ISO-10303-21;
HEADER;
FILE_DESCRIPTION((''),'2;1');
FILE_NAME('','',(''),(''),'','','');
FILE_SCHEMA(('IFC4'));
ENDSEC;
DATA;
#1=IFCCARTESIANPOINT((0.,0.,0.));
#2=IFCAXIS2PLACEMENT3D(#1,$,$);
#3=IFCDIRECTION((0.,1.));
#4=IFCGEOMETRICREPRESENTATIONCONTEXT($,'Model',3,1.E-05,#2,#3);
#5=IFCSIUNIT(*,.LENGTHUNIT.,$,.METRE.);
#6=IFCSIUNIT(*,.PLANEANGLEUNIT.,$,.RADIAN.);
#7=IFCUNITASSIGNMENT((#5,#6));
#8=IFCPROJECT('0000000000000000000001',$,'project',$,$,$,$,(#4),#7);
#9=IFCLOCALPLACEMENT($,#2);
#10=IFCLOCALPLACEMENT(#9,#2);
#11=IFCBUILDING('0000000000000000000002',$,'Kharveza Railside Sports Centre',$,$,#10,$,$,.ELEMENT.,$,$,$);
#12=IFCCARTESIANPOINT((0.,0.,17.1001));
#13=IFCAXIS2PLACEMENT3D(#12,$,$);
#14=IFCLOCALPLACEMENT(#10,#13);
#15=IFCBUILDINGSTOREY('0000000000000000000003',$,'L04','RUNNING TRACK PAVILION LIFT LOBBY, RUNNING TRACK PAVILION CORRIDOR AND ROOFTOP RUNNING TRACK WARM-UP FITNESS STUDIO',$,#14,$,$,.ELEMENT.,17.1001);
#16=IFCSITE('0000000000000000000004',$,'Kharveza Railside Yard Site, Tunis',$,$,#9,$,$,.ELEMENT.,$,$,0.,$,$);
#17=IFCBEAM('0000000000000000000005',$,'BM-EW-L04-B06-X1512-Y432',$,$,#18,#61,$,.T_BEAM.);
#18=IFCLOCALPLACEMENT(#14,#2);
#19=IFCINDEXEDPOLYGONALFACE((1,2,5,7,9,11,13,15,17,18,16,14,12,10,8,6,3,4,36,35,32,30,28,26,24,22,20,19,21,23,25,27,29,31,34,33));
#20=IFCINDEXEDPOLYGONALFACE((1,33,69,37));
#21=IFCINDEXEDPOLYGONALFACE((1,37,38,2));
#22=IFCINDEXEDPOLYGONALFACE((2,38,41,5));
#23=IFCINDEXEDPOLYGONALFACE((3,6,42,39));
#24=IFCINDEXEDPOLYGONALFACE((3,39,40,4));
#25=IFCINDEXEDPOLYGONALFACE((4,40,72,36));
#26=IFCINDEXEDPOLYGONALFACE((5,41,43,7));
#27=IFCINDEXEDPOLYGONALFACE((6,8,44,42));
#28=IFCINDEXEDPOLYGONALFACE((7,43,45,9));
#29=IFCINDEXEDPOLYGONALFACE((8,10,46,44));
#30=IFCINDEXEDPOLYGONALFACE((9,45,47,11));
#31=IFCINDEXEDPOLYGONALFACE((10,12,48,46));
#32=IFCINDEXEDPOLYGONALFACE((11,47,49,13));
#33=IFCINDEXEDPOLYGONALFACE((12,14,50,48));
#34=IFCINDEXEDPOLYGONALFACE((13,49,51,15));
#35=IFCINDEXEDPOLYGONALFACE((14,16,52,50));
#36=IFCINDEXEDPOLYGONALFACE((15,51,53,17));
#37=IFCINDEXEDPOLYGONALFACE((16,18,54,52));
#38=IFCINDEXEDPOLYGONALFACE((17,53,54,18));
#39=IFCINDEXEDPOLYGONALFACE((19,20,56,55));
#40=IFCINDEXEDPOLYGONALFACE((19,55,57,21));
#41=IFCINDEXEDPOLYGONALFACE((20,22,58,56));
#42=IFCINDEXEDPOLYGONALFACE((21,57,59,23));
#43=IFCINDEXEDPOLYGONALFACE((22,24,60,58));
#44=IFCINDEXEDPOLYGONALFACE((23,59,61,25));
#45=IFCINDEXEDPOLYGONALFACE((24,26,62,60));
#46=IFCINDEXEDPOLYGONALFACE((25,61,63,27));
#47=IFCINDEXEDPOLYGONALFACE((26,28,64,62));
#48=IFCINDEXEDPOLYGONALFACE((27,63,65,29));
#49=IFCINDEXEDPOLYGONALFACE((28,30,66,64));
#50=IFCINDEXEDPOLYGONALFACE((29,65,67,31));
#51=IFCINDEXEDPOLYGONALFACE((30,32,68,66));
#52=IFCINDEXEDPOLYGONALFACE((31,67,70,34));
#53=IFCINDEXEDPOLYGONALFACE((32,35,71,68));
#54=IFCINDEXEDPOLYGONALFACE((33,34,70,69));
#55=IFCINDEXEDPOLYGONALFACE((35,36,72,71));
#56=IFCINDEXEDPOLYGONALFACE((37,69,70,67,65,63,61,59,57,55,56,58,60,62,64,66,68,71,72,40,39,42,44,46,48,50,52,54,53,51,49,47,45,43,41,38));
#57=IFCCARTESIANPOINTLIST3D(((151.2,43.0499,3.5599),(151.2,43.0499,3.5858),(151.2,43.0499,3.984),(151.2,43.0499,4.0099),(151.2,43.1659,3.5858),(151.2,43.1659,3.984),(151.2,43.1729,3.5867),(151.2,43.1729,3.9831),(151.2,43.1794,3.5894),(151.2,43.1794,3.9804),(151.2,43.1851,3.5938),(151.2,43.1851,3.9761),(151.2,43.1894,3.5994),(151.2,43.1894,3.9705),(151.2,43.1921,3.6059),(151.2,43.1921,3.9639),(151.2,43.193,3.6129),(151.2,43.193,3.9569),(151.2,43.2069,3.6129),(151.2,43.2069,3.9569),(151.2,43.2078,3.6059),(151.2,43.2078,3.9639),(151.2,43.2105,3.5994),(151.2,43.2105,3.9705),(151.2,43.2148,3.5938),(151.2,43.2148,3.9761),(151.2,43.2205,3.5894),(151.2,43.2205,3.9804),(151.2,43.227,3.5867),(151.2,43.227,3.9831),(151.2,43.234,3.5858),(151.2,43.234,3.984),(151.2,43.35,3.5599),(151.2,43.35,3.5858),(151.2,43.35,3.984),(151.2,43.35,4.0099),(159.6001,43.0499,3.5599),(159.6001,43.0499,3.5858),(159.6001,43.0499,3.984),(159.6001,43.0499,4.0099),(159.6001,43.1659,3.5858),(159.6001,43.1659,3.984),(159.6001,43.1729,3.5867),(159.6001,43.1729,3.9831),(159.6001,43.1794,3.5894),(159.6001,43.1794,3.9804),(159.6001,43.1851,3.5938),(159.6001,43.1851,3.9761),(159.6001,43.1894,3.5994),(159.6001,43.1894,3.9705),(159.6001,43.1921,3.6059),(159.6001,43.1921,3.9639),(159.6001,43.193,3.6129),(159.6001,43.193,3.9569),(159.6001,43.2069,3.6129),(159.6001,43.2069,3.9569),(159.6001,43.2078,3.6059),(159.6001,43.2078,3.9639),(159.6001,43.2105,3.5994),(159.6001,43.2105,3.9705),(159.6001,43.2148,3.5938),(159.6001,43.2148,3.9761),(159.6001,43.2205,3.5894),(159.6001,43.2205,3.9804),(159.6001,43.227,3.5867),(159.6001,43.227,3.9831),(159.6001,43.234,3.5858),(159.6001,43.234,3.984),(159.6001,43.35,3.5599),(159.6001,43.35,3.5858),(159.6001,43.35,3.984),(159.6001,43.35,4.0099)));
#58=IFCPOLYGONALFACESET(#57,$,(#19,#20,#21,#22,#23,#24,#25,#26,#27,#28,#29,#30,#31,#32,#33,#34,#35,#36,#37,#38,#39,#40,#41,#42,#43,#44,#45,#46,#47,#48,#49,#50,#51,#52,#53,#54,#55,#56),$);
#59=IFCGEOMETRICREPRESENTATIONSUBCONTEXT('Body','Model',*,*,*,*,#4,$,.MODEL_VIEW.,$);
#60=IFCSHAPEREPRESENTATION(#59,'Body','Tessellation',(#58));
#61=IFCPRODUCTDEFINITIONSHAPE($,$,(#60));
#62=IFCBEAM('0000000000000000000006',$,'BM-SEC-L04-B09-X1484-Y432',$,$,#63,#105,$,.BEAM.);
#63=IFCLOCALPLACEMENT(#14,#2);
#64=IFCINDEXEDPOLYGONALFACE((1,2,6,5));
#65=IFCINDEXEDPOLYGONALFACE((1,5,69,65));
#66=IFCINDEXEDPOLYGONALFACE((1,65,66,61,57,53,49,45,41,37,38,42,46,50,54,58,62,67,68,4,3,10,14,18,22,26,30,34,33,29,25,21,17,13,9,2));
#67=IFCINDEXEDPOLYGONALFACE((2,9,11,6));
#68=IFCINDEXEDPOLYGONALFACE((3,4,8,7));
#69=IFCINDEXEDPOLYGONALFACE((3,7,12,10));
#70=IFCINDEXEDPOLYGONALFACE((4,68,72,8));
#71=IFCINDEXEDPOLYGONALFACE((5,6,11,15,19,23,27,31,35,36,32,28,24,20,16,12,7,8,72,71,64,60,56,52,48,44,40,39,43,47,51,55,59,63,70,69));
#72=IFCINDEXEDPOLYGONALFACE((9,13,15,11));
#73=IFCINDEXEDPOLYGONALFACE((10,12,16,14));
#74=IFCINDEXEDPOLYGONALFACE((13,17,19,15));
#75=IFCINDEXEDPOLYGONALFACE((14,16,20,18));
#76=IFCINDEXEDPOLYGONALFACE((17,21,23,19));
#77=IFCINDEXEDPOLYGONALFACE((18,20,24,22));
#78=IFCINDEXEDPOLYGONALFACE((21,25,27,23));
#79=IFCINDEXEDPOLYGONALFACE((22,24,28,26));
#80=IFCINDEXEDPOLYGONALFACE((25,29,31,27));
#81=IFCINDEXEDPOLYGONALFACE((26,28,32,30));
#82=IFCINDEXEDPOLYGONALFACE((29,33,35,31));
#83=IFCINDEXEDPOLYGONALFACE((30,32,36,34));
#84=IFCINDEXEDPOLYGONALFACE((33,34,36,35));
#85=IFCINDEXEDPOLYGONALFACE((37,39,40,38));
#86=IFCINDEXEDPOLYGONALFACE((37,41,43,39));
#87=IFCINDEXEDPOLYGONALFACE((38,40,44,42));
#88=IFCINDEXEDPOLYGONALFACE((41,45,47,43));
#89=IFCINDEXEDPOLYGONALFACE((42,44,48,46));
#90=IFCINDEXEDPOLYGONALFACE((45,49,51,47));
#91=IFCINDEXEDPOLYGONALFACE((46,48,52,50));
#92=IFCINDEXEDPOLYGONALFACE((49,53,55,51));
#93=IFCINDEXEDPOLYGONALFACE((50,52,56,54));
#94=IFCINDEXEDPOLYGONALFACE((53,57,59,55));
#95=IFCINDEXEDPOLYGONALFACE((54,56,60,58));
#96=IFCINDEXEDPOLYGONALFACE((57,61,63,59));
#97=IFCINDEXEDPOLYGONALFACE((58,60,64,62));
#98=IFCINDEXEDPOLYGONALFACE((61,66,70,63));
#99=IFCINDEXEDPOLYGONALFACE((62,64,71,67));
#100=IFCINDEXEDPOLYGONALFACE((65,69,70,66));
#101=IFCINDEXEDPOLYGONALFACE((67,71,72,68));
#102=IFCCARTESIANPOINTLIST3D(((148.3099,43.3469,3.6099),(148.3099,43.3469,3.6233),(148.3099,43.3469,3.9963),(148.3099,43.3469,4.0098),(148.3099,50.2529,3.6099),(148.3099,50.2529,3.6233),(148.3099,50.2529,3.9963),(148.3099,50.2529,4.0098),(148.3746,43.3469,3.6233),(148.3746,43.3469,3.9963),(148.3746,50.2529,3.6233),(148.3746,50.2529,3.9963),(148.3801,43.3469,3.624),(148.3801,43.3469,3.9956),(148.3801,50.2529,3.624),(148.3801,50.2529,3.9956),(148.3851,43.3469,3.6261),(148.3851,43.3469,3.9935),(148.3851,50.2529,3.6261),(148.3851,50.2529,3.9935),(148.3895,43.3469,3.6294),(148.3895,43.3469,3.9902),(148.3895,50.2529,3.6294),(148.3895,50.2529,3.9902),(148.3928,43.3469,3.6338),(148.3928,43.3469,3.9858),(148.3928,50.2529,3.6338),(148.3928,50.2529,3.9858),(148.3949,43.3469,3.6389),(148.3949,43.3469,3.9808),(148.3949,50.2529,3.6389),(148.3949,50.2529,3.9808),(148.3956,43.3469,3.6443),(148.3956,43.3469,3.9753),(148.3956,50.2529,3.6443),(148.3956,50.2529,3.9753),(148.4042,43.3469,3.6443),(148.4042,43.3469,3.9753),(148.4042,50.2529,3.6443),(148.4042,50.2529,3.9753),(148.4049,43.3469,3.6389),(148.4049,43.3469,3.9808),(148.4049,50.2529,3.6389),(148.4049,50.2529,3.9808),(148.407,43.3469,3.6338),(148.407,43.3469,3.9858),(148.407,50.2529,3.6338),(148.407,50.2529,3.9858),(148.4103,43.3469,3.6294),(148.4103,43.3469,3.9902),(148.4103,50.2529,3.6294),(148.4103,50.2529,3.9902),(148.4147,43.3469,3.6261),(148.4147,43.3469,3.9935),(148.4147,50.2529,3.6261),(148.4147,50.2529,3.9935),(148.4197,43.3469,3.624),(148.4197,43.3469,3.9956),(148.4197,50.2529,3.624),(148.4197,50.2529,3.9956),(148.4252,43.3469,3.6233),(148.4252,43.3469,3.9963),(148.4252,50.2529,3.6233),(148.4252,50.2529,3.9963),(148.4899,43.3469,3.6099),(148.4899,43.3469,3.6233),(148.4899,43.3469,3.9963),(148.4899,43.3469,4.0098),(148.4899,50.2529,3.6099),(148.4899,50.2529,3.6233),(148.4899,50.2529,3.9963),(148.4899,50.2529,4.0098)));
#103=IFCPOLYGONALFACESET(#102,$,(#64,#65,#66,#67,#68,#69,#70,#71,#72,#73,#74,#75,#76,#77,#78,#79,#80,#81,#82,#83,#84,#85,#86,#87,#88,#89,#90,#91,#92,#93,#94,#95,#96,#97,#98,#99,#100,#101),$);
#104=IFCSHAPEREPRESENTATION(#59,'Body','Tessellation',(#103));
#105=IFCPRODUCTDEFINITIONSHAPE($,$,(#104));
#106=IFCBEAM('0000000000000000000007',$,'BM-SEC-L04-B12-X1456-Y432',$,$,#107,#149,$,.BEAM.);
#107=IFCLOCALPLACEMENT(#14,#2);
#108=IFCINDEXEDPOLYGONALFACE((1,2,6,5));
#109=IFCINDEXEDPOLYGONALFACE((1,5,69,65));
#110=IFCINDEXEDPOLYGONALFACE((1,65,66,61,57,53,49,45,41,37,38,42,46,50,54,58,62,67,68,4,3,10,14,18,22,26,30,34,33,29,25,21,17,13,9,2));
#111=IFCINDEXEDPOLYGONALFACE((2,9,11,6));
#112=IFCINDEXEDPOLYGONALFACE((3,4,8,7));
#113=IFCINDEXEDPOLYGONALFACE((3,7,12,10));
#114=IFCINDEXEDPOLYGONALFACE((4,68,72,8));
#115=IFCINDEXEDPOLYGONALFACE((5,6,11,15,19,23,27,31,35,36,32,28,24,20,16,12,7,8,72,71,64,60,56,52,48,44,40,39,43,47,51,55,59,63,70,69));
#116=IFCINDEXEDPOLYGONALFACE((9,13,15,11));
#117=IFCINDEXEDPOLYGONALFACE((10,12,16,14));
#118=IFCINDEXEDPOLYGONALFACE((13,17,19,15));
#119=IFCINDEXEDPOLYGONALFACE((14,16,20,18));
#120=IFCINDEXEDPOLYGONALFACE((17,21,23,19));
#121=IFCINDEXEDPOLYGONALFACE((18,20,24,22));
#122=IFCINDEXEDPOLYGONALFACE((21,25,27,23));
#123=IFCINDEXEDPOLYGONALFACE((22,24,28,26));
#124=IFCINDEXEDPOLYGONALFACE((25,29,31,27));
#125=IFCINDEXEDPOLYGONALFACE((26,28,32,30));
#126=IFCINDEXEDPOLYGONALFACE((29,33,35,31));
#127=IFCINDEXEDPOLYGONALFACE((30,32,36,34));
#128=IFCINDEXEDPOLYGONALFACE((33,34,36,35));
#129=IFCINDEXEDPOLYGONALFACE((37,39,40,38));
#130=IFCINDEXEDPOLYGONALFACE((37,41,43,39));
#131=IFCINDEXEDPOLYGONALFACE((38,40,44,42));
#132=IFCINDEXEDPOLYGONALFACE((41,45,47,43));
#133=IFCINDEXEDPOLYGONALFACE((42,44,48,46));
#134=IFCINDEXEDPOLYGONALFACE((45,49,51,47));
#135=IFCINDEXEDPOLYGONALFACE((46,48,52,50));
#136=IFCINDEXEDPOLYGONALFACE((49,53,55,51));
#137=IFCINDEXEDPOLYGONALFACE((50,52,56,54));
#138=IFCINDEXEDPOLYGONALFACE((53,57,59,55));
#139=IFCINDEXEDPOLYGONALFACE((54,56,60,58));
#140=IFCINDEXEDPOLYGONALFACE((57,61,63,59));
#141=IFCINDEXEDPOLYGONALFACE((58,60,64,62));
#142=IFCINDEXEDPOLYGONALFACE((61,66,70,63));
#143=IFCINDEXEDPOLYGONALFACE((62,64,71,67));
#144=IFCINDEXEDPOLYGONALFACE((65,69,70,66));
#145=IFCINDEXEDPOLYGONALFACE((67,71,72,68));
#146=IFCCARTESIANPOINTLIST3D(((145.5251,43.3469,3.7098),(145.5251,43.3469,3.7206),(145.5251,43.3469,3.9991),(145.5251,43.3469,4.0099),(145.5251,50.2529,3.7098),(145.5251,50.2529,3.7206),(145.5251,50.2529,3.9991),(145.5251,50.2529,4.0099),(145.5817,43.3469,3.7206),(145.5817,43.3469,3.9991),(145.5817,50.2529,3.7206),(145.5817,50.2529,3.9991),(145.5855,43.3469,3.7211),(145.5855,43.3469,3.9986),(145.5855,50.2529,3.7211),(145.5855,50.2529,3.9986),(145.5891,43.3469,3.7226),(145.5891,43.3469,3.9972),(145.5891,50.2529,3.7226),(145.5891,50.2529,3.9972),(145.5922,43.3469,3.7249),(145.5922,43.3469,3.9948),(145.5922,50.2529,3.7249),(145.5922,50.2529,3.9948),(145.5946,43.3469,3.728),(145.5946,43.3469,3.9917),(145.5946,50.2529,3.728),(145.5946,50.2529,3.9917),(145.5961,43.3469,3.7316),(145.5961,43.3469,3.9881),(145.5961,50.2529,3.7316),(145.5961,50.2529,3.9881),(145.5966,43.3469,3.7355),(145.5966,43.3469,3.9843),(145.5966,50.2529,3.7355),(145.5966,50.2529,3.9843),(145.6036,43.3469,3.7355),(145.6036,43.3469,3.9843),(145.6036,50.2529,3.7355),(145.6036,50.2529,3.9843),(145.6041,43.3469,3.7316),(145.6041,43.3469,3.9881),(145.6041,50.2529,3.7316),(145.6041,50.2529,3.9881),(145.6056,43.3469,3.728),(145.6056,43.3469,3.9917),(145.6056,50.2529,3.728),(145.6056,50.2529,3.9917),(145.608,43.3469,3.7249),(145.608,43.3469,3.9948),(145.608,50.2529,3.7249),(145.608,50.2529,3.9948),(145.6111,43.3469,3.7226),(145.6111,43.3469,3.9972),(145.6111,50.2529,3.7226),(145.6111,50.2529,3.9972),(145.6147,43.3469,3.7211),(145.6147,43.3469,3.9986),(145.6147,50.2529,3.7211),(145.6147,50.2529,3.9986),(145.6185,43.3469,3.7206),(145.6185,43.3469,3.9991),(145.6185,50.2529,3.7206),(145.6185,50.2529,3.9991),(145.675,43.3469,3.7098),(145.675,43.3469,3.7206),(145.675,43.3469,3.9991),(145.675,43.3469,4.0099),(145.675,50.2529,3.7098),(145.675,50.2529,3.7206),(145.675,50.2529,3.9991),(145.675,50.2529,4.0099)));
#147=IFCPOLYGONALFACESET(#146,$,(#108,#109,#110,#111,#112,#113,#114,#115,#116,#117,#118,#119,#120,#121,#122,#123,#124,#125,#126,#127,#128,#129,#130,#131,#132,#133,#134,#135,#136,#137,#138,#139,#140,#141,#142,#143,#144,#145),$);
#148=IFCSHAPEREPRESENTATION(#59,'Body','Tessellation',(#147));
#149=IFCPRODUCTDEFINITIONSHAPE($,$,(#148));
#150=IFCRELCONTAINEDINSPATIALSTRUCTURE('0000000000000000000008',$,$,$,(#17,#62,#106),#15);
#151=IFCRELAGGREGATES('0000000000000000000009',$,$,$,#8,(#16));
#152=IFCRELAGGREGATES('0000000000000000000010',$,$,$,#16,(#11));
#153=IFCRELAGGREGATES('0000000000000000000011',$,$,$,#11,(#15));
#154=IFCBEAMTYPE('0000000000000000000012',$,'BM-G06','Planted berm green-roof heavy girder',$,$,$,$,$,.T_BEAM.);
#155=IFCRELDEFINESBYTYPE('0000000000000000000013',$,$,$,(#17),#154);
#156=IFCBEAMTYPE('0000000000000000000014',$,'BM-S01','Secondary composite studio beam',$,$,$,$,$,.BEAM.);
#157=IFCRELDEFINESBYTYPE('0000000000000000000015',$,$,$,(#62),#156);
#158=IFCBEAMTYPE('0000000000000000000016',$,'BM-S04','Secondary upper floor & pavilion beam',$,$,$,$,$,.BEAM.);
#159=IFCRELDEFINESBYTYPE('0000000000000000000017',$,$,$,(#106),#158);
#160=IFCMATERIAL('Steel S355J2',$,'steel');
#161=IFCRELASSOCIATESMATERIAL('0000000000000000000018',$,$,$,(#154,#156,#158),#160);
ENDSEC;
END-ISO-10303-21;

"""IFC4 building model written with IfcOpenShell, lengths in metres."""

from ifc_helpers import new_model, si_unit, direction, frame, origin, origin_2d, place, context, subcontext, project, spatial, i_section, extrude, material, material_profile, profile_set, type_object, element, save


model = new_model("IFC4")

# Units and contexts
model_context = context("Model", 3, precision=1e-05, world=origin(), true_north=direction((0.0, 1.0)))
body_context = subcontext(model_context, "Body", "Model", "MODEL_VIEW")
ifc_project = project(units=[si_unit("LENGTHUNIT", "METRE"), si_unit("PLANEANGLEUNIT", "RADIAN")], contexts=[model_context])

# Site, building, storey
site_placement = place(None, origin())
site = spatial("IfcSite", under=ifc_project, at=site_placement, Name="Kharveza Railside Yard Site, Tunis", CompositionType="ELEMENT", RefElevation=0.0)
building_placement = place(site_placement, origin())
building = spatial("IfcBuilding", under=site, at=building_placement, Name="Kharveza Railside Sports Centre", CompositionType="ELEMENT")
storey_placement = place(building_placement, frame((0.0, 0.0, 17.1001)))
storey = spatial("IfcBuildingStorey", under=building, at=storey_placement, Name="L04", Description="RUNNING TRACK PAVILION LIFT LOBBY, RUNNING TRACK PAVILION CORRIDOR AND ROOFTOP RUNNING TRACK WARM-UP FITNESS STUDIO", CompositionType="ELEMENT", Elevation=17.1001)

# Shared definitions
ifc_material_1 = material(Name="Steel S355J2", Category="steel")

# Beams
ifc_material_profile_1 = material_profile(ifc_material_1, i_section(OverallWidth=0.3, OverallDepth=0.45, WebThickness=0.0139, FlangeThickness=0.0259, FilletRadius=0.0271, at=origin_2d()), Name="HEB 450")
ifc_profile_set_1 = profile_set([ifc_material_profile_1], Name="Steel S355J2")
beam_type_1 = type_object("IfcBeamType", Name="BM-G06", Description="Planted berm green-roof heavy girder", PredefinedType="T_BEAM", material=ifc_profile_set_1)
beam_1_placement = place(storey_placement, frame((151.2, 43.2, 3.7849), z_axis=(1.0, 0.0, 0.0), x_axis=(0.0, 1.0, 0.0)))
element("IfcBeam", 1, at=beam_1_placement, inside=storey, type_object=beam_type_1, Name="BM-EW-L04-B06-X1512-Y432", PredefinedType="T_BEAM", context=body_context, shape_type="SweptSolid", body=[
    extrude(i_section(OverallWidth=0.3, OverallDepth=0.45, WebThickness=0.0139, FlangeThickness=0.0259, FilletRadius=0.0271, at=origin_2d()), origin(), (0.0, 0.0, 1.0), 8.4001),
])
ifc_material_profile_2 = material_profile(ifc_material_1, i_section(OverallWidth=0.1799, OverallDepth=0.3999, WebThickness=0.0085, FlangeThickness=0.0134, FilletRadius=0.021, at=origin_2d()), Name="IPE 400")
ifc_profile_set_2 = profile_set([ifc_material_profile_2], Name="Steel S355J2")
beam_type_2 = type_object("IfcBeamType", Name="BM-S01", Description="Secondary composite studio beam", PredefinedType="BEAM", material=ifc_profile_set_2)
beam_2_placement = place(storey_placement, frame((148.3999, 43.3469, 3.8098), z_axis=(0.0, 1.0, 0.0), x_axis=(-1.0, 0.0, 0.0)))
element("IfcBeam", 2, at=beam_2_placement, inside=storey, type_object=beam_type_2, Name="BM-SEC-L04-B09-X1484-Y432", PredefinedType="BEAM", context=body_context, shape_type="SweptSolid", body=[
    extrude(i_section(OverallWidth=0.1799, OverallDepth=0.3999, WebThickness=0.0085, FlangeThickness=0.0134, FilletRadius=0.021, at=origin_2d()), origin(), (0.0, 0.0, 1.0), 6.906),
])
ifc_material_profile_3 = material_profile(ifc_material_1, i_section(OverallWidth=0.1499, OverallDepth=0.3, WebThickness=0.0071, FlangeThickness=0.0107, FilletRadius=0.0149, at=origin_2d()), Name="IPE 300")
ifc_profile_set_3 = profile_set([ifc_material_profile_3], Name="Steel S355J2")
beam_type_3 = type_object("IfcBeamType", Name="BM-S04", Description="Secondary upper floor & pavilion beam", PredefinedType="BEAM", material=ifc_profile_set_3)
beam_3_placement = place(storey_placement, frame((145.6001, 43.3469, 3.8599), z_axis=(0.0, 1.0, 0.0), x_axis=(-1.0, 0.0, 0.0)))
element("IfcBeam", 3, at=beam_3_placement, inside=storey, type_object=beam_type_3, Name="BM-SEC-L04-B12-X1456-Y432", PredefinedType="BEAM", context=body_context, shape_type="SweptSolid", body=[
    extrude(i_section(OverallWidth=0.1499, OverallDepth=0.3, WebThickness=0.0071, FlangeThickness=0.0107, FilletRadius=0.0149, at=origin_2d()), origin(), (0.0, 0.0, 1.0), 6.906),
])

save(model, "model.ifc")
